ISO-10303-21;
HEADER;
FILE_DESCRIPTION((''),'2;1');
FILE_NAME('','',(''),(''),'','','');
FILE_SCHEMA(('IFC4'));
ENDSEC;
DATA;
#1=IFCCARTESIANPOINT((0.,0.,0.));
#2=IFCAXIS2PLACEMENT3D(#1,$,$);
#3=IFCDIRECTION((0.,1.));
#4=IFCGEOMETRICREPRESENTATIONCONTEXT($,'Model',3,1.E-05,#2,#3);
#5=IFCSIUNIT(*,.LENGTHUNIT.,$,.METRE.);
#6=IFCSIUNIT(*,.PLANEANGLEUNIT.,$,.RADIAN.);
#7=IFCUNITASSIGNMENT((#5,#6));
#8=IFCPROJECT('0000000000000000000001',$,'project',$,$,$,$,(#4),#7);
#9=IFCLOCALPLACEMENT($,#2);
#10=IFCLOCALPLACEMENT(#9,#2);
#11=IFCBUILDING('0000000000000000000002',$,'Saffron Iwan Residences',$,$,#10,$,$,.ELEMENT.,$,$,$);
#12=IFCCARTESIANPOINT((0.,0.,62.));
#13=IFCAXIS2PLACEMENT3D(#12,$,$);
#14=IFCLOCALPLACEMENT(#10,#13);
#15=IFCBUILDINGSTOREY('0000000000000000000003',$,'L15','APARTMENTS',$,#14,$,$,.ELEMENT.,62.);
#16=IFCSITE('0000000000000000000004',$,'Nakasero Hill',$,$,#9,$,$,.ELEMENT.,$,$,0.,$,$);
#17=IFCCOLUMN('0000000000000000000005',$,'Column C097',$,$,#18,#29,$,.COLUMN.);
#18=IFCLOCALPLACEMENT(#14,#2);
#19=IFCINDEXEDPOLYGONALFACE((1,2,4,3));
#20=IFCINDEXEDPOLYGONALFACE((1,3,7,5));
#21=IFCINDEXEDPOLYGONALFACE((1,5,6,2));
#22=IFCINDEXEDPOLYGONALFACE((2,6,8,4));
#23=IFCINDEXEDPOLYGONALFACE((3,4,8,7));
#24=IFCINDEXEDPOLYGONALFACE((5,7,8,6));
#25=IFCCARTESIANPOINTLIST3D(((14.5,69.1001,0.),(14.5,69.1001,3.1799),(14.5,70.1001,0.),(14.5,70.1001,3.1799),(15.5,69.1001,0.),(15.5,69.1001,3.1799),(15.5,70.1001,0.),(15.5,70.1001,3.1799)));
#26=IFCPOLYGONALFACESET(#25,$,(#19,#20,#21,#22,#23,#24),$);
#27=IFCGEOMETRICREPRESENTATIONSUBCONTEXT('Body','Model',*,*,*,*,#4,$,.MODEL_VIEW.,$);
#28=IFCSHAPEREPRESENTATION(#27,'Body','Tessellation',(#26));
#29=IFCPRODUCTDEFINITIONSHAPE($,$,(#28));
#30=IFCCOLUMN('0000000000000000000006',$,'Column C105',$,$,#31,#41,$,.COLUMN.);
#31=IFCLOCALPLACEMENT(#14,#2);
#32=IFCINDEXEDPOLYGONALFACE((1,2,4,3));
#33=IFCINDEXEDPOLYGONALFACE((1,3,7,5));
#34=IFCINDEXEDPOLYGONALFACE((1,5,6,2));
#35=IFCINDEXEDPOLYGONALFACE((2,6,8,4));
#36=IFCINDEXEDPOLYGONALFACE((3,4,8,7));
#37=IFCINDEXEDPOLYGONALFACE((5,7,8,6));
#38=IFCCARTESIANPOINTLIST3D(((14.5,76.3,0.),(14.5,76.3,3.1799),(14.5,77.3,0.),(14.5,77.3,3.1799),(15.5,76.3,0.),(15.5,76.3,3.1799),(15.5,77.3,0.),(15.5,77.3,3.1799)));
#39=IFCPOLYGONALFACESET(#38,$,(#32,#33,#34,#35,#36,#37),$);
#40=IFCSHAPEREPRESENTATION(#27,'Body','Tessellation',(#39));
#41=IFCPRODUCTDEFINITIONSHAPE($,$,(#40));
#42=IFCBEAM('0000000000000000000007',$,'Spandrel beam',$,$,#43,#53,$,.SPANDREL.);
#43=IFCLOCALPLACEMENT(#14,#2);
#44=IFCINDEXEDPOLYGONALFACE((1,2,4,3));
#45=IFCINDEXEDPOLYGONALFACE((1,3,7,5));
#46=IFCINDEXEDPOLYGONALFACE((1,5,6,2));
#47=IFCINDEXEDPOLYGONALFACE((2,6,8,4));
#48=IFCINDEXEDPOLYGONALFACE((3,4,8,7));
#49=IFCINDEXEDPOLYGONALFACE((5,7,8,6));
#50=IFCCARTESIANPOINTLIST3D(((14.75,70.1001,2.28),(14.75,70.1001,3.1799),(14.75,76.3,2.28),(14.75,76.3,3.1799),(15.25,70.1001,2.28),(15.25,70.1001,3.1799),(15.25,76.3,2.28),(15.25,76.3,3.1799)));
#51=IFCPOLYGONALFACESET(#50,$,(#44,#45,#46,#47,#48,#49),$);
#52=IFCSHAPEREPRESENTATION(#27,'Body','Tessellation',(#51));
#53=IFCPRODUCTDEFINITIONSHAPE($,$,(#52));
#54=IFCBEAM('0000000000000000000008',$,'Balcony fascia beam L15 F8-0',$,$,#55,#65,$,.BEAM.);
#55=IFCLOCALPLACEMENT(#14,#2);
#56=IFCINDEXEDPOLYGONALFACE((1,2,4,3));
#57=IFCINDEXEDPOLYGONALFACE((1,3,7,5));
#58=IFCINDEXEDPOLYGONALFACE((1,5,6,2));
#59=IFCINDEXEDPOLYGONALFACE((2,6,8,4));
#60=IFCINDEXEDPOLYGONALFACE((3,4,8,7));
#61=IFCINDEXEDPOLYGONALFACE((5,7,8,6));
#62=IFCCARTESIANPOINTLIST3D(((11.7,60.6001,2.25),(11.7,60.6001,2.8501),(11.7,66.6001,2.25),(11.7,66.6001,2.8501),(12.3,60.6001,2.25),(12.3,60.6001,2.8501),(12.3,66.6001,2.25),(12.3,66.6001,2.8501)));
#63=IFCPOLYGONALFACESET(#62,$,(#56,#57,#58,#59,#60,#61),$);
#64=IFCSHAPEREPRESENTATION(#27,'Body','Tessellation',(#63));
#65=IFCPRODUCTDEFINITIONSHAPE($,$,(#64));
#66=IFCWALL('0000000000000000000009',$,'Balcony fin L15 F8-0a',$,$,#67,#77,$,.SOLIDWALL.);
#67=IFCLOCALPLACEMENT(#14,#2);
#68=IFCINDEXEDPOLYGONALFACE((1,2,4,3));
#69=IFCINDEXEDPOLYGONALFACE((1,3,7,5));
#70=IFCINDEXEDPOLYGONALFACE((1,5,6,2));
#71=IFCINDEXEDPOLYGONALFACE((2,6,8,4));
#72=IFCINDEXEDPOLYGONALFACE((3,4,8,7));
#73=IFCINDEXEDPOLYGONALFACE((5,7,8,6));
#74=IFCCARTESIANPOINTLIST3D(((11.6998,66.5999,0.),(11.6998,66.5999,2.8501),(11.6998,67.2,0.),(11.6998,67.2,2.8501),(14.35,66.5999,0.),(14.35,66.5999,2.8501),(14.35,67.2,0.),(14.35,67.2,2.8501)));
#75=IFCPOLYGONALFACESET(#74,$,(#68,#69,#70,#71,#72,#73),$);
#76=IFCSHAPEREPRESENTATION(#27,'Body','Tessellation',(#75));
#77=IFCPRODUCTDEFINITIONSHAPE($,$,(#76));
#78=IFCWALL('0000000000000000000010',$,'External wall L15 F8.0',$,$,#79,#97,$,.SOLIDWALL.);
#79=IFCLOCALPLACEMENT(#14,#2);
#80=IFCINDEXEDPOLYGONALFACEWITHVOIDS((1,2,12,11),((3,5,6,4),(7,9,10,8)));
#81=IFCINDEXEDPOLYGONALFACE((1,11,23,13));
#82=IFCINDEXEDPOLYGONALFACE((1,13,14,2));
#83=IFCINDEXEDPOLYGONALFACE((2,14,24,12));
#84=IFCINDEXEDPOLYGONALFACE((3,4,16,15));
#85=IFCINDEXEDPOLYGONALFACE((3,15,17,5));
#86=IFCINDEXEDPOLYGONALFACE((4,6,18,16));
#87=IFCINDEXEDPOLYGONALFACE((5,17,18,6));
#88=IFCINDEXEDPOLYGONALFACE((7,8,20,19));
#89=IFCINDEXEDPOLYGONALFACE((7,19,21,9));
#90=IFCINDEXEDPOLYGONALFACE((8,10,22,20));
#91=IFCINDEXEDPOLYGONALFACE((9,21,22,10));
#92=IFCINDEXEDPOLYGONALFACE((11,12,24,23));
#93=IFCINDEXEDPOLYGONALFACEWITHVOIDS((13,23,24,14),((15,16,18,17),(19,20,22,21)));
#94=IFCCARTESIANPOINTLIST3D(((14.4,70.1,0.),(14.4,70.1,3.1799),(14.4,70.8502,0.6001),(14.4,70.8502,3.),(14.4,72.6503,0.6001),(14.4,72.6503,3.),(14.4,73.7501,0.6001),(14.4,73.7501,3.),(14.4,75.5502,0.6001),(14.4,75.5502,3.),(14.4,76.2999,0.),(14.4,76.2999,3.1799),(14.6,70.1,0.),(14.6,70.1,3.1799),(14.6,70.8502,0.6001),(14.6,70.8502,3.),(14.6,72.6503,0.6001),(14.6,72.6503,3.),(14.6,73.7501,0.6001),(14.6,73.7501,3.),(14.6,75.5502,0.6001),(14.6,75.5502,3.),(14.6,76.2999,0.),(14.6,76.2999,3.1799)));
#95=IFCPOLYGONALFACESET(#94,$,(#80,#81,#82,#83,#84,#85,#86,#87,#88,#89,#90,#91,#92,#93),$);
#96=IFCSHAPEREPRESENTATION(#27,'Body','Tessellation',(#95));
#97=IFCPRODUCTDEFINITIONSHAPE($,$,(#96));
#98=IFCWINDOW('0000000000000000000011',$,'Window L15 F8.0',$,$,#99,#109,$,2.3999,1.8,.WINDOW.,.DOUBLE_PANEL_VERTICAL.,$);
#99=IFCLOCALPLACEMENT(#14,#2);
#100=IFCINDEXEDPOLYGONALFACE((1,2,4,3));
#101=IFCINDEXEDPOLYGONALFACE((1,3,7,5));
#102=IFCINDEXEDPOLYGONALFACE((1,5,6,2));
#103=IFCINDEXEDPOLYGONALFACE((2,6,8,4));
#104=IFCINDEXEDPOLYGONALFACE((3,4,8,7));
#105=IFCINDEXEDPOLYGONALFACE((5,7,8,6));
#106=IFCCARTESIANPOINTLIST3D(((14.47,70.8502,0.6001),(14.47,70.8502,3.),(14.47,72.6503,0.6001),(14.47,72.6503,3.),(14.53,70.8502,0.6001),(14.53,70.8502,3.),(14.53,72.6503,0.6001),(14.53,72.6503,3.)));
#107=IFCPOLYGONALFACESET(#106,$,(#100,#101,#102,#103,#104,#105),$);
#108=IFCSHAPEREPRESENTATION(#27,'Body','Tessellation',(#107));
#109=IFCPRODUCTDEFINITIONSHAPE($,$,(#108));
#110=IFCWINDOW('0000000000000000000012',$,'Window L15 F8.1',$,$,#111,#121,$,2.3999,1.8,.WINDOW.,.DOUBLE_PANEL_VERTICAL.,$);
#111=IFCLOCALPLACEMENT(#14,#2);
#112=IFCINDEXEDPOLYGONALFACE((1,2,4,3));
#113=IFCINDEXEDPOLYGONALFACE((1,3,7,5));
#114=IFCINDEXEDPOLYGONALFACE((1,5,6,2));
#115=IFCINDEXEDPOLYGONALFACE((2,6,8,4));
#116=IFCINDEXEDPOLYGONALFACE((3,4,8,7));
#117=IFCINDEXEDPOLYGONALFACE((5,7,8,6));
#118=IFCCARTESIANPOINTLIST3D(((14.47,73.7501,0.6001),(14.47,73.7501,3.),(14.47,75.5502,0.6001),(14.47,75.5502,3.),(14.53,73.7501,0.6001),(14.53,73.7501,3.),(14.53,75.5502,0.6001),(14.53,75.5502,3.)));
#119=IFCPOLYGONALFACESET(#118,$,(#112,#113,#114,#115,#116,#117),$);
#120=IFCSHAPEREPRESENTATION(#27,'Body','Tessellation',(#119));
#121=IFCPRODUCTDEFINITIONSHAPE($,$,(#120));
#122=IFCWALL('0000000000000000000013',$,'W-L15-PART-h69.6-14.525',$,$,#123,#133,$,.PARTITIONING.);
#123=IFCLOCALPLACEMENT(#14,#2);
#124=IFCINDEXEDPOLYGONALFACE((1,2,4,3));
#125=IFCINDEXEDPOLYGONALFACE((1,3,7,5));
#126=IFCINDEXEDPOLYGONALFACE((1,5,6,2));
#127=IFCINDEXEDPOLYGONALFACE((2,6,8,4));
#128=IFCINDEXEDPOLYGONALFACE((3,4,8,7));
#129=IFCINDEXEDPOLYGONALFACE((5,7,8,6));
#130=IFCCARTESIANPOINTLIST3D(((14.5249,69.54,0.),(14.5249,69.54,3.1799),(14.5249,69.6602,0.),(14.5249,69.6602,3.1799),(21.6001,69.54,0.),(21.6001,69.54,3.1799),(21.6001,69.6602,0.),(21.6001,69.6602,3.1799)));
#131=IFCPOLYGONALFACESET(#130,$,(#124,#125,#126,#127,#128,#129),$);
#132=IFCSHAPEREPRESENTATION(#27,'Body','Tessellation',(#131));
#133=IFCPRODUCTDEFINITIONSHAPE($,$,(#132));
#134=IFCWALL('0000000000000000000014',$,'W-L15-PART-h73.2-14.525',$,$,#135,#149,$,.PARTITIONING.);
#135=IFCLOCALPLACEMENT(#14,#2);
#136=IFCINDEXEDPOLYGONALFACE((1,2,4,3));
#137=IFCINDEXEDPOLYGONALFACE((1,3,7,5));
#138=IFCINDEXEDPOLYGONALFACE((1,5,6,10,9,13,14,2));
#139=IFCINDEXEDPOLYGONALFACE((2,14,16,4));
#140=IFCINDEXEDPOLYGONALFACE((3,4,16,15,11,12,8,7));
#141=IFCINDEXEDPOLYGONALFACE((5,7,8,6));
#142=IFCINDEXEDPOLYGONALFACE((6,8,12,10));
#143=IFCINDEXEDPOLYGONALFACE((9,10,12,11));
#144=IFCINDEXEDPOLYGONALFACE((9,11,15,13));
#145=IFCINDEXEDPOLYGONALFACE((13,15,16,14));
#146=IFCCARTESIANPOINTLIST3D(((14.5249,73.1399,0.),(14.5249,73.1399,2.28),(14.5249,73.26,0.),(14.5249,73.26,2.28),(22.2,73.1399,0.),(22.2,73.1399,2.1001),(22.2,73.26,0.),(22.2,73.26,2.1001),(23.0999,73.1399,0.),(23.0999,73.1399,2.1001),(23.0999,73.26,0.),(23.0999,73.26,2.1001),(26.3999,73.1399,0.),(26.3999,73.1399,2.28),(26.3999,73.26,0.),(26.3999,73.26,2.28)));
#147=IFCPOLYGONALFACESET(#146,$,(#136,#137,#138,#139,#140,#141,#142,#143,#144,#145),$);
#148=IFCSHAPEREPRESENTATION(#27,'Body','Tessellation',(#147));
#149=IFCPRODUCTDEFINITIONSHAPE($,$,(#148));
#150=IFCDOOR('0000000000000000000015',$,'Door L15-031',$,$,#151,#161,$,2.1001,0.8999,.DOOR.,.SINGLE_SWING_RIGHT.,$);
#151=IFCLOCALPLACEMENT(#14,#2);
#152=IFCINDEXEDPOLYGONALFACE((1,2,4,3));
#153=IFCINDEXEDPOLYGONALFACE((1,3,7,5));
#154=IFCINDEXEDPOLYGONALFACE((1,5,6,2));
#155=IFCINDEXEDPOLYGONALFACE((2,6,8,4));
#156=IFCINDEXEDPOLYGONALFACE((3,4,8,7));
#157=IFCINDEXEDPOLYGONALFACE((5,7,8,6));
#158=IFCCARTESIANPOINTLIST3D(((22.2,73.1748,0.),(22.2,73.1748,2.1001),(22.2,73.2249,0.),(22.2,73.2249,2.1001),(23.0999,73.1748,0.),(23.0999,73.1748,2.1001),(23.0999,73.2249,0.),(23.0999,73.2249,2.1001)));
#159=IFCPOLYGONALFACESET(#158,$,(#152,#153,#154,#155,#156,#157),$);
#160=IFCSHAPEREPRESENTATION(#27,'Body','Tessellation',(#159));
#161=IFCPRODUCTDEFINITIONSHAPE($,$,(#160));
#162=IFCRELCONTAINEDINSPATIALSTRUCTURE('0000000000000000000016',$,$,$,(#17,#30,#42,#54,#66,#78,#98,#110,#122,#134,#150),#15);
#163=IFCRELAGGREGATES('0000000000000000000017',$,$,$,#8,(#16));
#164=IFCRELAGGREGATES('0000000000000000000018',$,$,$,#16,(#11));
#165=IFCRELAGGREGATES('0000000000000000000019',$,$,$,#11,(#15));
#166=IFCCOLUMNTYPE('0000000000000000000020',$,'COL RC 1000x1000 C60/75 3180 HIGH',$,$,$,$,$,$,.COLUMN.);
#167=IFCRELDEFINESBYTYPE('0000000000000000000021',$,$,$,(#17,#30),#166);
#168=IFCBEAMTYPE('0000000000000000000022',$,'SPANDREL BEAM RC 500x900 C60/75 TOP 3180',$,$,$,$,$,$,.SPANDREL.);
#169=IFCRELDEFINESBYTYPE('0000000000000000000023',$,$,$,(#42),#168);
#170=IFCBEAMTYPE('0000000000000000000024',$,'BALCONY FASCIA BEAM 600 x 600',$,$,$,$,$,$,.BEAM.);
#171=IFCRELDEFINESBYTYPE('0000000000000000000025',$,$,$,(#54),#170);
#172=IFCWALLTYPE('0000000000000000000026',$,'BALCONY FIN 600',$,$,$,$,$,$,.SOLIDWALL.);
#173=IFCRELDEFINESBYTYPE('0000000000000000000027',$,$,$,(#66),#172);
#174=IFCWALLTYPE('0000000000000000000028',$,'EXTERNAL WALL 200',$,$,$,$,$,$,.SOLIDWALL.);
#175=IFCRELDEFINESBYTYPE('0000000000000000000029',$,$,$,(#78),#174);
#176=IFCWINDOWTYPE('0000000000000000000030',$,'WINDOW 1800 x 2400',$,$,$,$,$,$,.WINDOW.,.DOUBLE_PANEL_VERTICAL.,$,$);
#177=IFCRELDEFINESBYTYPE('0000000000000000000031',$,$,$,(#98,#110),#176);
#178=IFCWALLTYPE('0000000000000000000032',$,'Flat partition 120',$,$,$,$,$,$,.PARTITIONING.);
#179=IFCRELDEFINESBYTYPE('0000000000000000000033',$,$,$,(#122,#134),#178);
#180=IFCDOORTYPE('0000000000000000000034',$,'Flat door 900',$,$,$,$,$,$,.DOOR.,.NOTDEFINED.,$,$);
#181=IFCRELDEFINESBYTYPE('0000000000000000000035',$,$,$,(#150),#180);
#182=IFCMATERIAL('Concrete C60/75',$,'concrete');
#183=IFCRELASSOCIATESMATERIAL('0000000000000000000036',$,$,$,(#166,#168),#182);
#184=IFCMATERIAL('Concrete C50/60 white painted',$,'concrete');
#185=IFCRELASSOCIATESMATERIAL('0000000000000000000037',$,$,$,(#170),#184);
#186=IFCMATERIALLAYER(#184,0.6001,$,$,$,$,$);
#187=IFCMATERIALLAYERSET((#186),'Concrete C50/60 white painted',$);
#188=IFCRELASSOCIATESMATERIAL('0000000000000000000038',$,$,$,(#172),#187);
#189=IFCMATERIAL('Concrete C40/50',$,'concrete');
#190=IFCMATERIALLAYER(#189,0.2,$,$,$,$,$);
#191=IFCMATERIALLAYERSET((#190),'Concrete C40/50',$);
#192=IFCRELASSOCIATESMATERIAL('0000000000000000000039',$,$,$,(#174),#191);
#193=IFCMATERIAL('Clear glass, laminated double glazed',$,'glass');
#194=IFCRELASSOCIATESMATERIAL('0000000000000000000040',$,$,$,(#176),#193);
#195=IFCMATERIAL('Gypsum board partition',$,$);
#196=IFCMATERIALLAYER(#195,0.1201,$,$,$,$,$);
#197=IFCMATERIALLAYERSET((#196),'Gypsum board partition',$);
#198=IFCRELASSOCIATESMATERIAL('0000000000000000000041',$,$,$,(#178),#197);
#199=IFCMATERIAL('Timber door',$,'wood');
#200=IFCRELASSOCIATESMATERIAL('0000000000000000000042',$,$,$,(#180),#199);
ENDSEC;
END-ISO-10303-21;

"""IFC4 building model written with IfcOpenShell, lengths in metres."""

from ifc_helpers import new_model, si_unit, direction, frame, frame_2d, origin, origin_2d, place, context, subcontext, project, spatial, rectangle, extrude, source, transform, mapped, material, layer, layer_set, material_profile, profile_set, type_object, element, fill, save


model = new_model("IFC4")

# Units and contexts
model_context = context("Model", 3, precision=1e-05, world=origin(), true_north=direction((0.0, 1.0)))
body_context = subcontext(model_context, "Body", "Model", "MODEL_VIEW")
ifc_project = project(units=[si_unit("LENGTHUNIT", "METRE"), si_unit("PLANEANGLEUNIT", "RADIAN")], contexts=[model_context])

# Site, building, storey
site_placement = place(None, origin())
site = spatial("IfcSite", under=ifc_project, at=site_placement, Name="Nakasero Hill", CompositionType="ELEMENT", RefElevation=0.0)
building_placement = place(site_placement, origin())
building = spatial("IfcBuilding", under=site, at=building_placement, Name="Saffron Iwan Residences", CompositionType="ELEMENT")
storey_placement = place(building_placement, frame((0.0, 0.0, 62.0)))
storey = spatial("IfcBuildingStorey", under=building, at=storey_placement, Name="L15", Description="APARTMENTS", CompositionType="ELEMENT", Elevation=62.0)

# Columns
ifc_material_1 = material(Name="Concrete C60/75", Category="concrete")
ifc_material_profile_1 = material_profile(ifc_material_1, rectangle(XDim=1.0, YDim=1.0, at=origin_2d()), Name="RC 1000x1000")
ifc_profile_set_1 = profile_set([ifc_material_profile_1], Name="Concrete C60/75")
column_type = type_object("IfcColumnType", Name="COL RC 1000x1000 C60/75 3180 HIGH", PredefinedType="COLUMN", material=ifc_profile_set_1)
shared_shape_1 = source(origin(), body_context, "Body", "SweptSolid", [
    extrude(rectangle(XDim=1.0, YDim=1.0, at=origin_2d()), origin(), (0.0, 0.0, 1.0), 3.1799),
])
for number, where, z_axis, x_axis, name in (
    (1, (15.0, 69.6001, 0.0), (0.0, 0.0, 1.0), (1.0, 0.0, 0.0), "Column C097"),
    (2, (15.0, 76.8, 0.0), (0.0, 0.0, 1.0), (1.0, 0.0, 0.0), "Column C105"),
):
    element("IfcColumn", number, at=place(storey_placement, frame(where, z_axis=z_axis, x_axis=x_axis)), inside=storey, type_object=column_type, Name=name, PredefinedType="COLUMN", context=body_context, shape_type="MappedRepresentation", body=[
        mapped(shared_shape_1, transform((0.0, 0.0, 0.0))),
    ])

# Beams
ifc_material_profile_2 = material_profile(ifc_material_1, rectangle(XDim=0.5, YDim=0.8999, at=origin_2d()), Name="RC 500x900")
ifc_profile_set_2 = profile_set([ifc_material_profile_2], Name="Concrete C60/75")
beam_type_1 = type_object("IfcBeamType", Name="SPANDREL BEAM RC 500x900 C60/75 TOP 3180", PredefinedType="SPANDREL", material=ifc_profile_set_2)
shared_shape_2 = source(origin(), body_context, "Body", "SweptSolid", [
    extrude(rectangle(XDim=0.5, YDim=0.8999, at=origin_2d()), origin(), (0.0, 0.0, 1.0), 6.2),
])
beam_1_placement = place(storey_placement, frame((15.0, 70.1001, 2.73), z_axis=(0.0, 1.0, 0.0), x_axis=(-1.0, 0.0, 0.0)))
element("IfcBeam", 3, at=beam_1_placement, inside=storey, type_object=beam_type_1, Name="Spandrel beam", PredefinedType="SPANDREL", context=body_context, shape_type="MappedRepresentation", body=[
    mapped(shared_shape_2, transform((0.0, 0.0, 0.0))),
])
ifc_material_2 = material(Name="Concrete C50/60 white painted", Category="concrete")
ifc_material_profile_3 = material_profile(ifc_material_2, rectangle(XDim=0.6001, YDim=0.6001, at=origin_2d()), Name="BALCONY FASCIA BEAM 600 x 600")
ifc_profile_set_3 = profile_set([ifc_material_profile_3], Name="Concrete C50/60 white painted")
beam_type_2 = type_object("IfcBeamType", Name="BALCONY FASCIA BEAM 600 x 600", PredefinedType="BEAM", material=ifc_profile_set_3)
shared_shape_3 = source(origin(), body_context, "Body", "SweptSolid", [
    extrude(rectangle(XDim=0.6001, YDim=0.6001, at=origin_2d()), origin(), (0.0, 0.0, 1.0), 6.0),
])
beam_2_placement = place(storey_placement, frame((12.0, 66.6001, 2.55), z_axis=(0.0, -1.0, 0.0), x_axis=(1.0, 0.0, 0.0)))
element("IfcBeam", 4, at=beam_2_placement, inside=storey, type_object=beam_type_2, Name="Balcony fascia beam L15 F8-0", PredefinedType="BEAM", context=body_context, shape_type="MappedRepresentation", body=[
    mapped(shared_shape_3, transform((0.0, 0.0, 0.0))),
])

# Wall
ifc_layer_1 = layer(ifc_material_2, 0.6001)
ifc_layer_set_1 = layer_set([ifc_layer_1], Name="Concrete C50/60 white painted")
wall_type_1 = type_object("IfcWallType", Name="BALCONY FIN 600", PredefinedType="SOLIDWALL", material=ifc_layer_set_1)
wall_1_placement = place(storey_placement, frame((14.3501, 66.8999, 0.0), z_axis=(0.0, 0.0, 1.0), x_axis=(-1.0, 0.0, 0.0)))
element("IfcWall", 5, at=wall_1_placement, inside=storey, type_object=wall_type_1, Name="Balcony fin L15 F8-0a", PredefinedType="SOLIDWALL", context=body_context, shape_type="SweptSolid", body=[
    extrude(rectangle(XDim=2.6501, YDim=0.6001, at=frame_2d((1.3252, 0.0))), origin(), (0.0, 0.0, 1.0), 2.8501),
])

# Wall, openings, windows
ifc_material_3 = material(Name="Concrete C40/50", Category="concrete")
ifc_layer_2 = layer(ifc_material_3, 0.2)
ifc_layer_set_2 = layer_set([ifc_layer_2], Name="Concrete C40/50")
wall_type_2 = type_object("IfcWallType", Name="EXTERNAL WALL 200", PredefinedType="SOLIDWALL", material=ifc_layer_set_2)
wall_2_placement = place(storey_placement, frame((14.5, 76.3, 0.0), z_axis=(0.0, 0.0, 1.0), x_axis=(0.0, -1.0, 0.0)))
wall_2 = element("IfcWall", 6, at=wall_2_placement, inside=storey, type_object=wall_type_2, Name="External wall L15 F8.0", PredefinedType="SOLIDWALL", context=body_context, shape_type="SweptSolid", body=[
    extrude(rectangle(XDim=6.2, YDim=0.2, at=frame_2d((3.1001, 0.0))), origin(), (0.0, 0.0, 1.0), 3.1799),
])
opening_1_placement = place(wall_2_placement, frame((3.6499, 0.0, 0.6001)))
opening_1 = element("IfcOpeningElement", 7, at=opening_1_placement, cuts=wall_2, PredefinedType="OPENING", context=body_context, shape_type="SweptSolid", body=[
    extrude(rectangle(XDim=1.8, YDim=2.3999, at=frame_2d((0.8999, 1.2))), frame((0.0, 0.1099, 0.0), z_axis=(0.0, -1.0, 0.0), x_axis=(1.0, 0.0, 0.0)), (0.0, 0.0, 1.0), 0.22),
])
opening_2_placement = place(wall_2_placement, frame((0.75, 0.0, 0.6001)))
opening_2 = element("IfcOpeningElement", 8, at=opening_2_placement, cuts=wall_2, PredefinedType="OPENING", context=body_context, shape_type="SweptSolid", body=[
    extrude(rectangle(XDim=1.8, YDim=2.3999, at=frame_2d((0.8999, 1.2))), frame((0.0, 0.1099, 0.0), z_axis=(0.0, -1.0, 0.0), x_axis=(1.0, 0.0, 0.0)), (0.0, 0.0, 1.0), 0.22),
])
ifc_material_4 = material(Name="Clear glass, laminated double glazed", Category="glass")
window_type_1 = type_object("IfcWindowType", Name="WINDOW 1800 x 2400", PartitioningType="DOUBLE_PANEL_VERTICAL", PredefinedType="WINDOW", material=ifc_material_4)
window_1_placement = place(opening_1_placement, origin())
window_1 = element("IfcWindow", 9, at=window_1_placement, inside=storey, type_object=window_type_1, Name="Window L15 F8.0", OverallHeight=2.3999, OverallWidth=1.8, PartitioningType="DOUBLE_PANEL_VERTICAL", PredefinedType="WINDOW", context=body_context, shape_type="SweptSolid", body=[
    extrude(rectangle(XDim=1.8, YDim=2.3999, at=frame_2d((0.8999, 1.2))), frame((0.0, 0.03, 0.0), z_axis=(0.0, -1.0, 0.0), x_axis=(1.0, 0.0, 0.0)), (0.0, 0.0, 1.0), 0.0601),
])
fill(opening_1, window_1)
window_2_placement = place(opening_2_placement, origin())
window_2 = element("IfcWindow", 10, at=window_2_placement, inside=storey, type_object=window_type_1, Name="Window L15 F8.1", OverallHeight=2.3999, OverallWidth=1.8, PartitioningType="DOUBLE_PANEL_VERTICAL", PredefinedType="WINDOW", context=body_context, shape_type="SweptSolid", body=[
    extrude(rectangle(XDim=1.8, YDim=2.3999, at=frame_2d((0.8999, 1.2))), frame((0.0, 0.03, 0.0), z_axis=(0.0, -1.0, 0.0), x_axis=(1.0, 0.0, 0.0)), (0.0, 0.0, 1.0), 0.0601),
])
fill(opening_2, window_2)

# Wall
ifc_material_5 = material(Name="Gypsum board partition")
ifc_layer_3 = layer(ifc_material_5, 0.1201)
ifc_layer_set_3 = layer_set([ifc_layer_3], Name="Gypsum board partition")
wall_type_3 = type_object("IfcWallType", Name="Flat partition 120", PredefinedType="PARTITIONING", material=ifc_layer_set_3)
wall_3_placement = place(storey_placement, frame((14.5249, 69.6001, 0.0), z_axis=(0.0, 0.0, 1.0), x_axis=(1.0, 0.0, 0.0)))
element("IfcWall", 11, at=wall_3_placement, inside=storey, type_object=wall_type_3, Name="W-L15-PART-h69.6-14.525", PredefinedType="PARTITIONING", context=body_context, shape_type="SweptSolid", body=[
    extrude(rectangle(XDim=7.0752, YDim=0.1201, at=frame_2d((3.5376, 0.0))), origin(), (0.0, 0.0, 1.0), 3.1799),
])

# Wall, opening, door
wall_4_placement = place(storey_placement, frame((14.5249, 73.2, 0.0), z_axis=(0.0, 0.0, 1.0), x_axis=(1.0, 0.0, 0.0)))
wall_4 = element("IfcWall", 12, at=wall_4_placement, inside=storey, type_object=wall_type_3, Name="W-L15-PART-h73.2-14.525", PredefinedType="PARTITIONING", context=body_context, shape_type="SweptSolid", body=[
    extrude(rectangle(XDim=11.875, YDim=0.1201, at=frame_2d((5.9375, 0.0))), origin(), (0.0, 0.0, 1.0), 2.28),
])
opening_3_placement = place(wall_4_placement, frame((7.675, 0.0, 0.0)))
opening_3 = element("IfcOpeningElement", 13, at=opening_3_placement, cuts=wall_4, PredefinedType="OPENING", context=body_context, shape_type="SweptSolid", body=[
    extrude(rectangle(XDim=0.8999, YDim=2.1001, at=frame_2d((0.45, 1.05))), frame((0.0, 0.0701, 0.0), z_axis=(0.0, -1.0, 0.0), x_axis=(1.0, 0.0, 0.0)), (0.0, 0.0, 1.0), 0.1401),
])
ifc_material_6 = material(Name="Timber door", Category="wood")
door_type_1 = type_object("IfcDoorType", Name="Flat door 900", OperationType="NOTDEFINED", PredefinedType="DOOR", material=ifc_material_6)
door_1_placement = place(opening_3_placement, origin())
door_1 = element("IfcDoor", 14, at=door_1_placement, inside=storey, type_object=door_type_1, Name="Door L15-031", OperationType="SINGLE_SWING_RIGHT", OverallHeight=2.1001, OverallWidth=0.8999, PredefinedType="DOOR", context=body_context, shape_type="SweptSolid", body=[
    extrude(rectangle(XDim=0.8999, YDim=2.1001, at=frame_2d((0.45, 1.05))), frame((0.0, 0.0249, 0.0), z_axis=(0.0, -1.0, 0.0), x_axis=(1.0, 0.0, 0.0)), (0.0, 0.0, 1.0), 0.05),
])
fill(opening_3, door_1)

save(model, "model.ifc")
